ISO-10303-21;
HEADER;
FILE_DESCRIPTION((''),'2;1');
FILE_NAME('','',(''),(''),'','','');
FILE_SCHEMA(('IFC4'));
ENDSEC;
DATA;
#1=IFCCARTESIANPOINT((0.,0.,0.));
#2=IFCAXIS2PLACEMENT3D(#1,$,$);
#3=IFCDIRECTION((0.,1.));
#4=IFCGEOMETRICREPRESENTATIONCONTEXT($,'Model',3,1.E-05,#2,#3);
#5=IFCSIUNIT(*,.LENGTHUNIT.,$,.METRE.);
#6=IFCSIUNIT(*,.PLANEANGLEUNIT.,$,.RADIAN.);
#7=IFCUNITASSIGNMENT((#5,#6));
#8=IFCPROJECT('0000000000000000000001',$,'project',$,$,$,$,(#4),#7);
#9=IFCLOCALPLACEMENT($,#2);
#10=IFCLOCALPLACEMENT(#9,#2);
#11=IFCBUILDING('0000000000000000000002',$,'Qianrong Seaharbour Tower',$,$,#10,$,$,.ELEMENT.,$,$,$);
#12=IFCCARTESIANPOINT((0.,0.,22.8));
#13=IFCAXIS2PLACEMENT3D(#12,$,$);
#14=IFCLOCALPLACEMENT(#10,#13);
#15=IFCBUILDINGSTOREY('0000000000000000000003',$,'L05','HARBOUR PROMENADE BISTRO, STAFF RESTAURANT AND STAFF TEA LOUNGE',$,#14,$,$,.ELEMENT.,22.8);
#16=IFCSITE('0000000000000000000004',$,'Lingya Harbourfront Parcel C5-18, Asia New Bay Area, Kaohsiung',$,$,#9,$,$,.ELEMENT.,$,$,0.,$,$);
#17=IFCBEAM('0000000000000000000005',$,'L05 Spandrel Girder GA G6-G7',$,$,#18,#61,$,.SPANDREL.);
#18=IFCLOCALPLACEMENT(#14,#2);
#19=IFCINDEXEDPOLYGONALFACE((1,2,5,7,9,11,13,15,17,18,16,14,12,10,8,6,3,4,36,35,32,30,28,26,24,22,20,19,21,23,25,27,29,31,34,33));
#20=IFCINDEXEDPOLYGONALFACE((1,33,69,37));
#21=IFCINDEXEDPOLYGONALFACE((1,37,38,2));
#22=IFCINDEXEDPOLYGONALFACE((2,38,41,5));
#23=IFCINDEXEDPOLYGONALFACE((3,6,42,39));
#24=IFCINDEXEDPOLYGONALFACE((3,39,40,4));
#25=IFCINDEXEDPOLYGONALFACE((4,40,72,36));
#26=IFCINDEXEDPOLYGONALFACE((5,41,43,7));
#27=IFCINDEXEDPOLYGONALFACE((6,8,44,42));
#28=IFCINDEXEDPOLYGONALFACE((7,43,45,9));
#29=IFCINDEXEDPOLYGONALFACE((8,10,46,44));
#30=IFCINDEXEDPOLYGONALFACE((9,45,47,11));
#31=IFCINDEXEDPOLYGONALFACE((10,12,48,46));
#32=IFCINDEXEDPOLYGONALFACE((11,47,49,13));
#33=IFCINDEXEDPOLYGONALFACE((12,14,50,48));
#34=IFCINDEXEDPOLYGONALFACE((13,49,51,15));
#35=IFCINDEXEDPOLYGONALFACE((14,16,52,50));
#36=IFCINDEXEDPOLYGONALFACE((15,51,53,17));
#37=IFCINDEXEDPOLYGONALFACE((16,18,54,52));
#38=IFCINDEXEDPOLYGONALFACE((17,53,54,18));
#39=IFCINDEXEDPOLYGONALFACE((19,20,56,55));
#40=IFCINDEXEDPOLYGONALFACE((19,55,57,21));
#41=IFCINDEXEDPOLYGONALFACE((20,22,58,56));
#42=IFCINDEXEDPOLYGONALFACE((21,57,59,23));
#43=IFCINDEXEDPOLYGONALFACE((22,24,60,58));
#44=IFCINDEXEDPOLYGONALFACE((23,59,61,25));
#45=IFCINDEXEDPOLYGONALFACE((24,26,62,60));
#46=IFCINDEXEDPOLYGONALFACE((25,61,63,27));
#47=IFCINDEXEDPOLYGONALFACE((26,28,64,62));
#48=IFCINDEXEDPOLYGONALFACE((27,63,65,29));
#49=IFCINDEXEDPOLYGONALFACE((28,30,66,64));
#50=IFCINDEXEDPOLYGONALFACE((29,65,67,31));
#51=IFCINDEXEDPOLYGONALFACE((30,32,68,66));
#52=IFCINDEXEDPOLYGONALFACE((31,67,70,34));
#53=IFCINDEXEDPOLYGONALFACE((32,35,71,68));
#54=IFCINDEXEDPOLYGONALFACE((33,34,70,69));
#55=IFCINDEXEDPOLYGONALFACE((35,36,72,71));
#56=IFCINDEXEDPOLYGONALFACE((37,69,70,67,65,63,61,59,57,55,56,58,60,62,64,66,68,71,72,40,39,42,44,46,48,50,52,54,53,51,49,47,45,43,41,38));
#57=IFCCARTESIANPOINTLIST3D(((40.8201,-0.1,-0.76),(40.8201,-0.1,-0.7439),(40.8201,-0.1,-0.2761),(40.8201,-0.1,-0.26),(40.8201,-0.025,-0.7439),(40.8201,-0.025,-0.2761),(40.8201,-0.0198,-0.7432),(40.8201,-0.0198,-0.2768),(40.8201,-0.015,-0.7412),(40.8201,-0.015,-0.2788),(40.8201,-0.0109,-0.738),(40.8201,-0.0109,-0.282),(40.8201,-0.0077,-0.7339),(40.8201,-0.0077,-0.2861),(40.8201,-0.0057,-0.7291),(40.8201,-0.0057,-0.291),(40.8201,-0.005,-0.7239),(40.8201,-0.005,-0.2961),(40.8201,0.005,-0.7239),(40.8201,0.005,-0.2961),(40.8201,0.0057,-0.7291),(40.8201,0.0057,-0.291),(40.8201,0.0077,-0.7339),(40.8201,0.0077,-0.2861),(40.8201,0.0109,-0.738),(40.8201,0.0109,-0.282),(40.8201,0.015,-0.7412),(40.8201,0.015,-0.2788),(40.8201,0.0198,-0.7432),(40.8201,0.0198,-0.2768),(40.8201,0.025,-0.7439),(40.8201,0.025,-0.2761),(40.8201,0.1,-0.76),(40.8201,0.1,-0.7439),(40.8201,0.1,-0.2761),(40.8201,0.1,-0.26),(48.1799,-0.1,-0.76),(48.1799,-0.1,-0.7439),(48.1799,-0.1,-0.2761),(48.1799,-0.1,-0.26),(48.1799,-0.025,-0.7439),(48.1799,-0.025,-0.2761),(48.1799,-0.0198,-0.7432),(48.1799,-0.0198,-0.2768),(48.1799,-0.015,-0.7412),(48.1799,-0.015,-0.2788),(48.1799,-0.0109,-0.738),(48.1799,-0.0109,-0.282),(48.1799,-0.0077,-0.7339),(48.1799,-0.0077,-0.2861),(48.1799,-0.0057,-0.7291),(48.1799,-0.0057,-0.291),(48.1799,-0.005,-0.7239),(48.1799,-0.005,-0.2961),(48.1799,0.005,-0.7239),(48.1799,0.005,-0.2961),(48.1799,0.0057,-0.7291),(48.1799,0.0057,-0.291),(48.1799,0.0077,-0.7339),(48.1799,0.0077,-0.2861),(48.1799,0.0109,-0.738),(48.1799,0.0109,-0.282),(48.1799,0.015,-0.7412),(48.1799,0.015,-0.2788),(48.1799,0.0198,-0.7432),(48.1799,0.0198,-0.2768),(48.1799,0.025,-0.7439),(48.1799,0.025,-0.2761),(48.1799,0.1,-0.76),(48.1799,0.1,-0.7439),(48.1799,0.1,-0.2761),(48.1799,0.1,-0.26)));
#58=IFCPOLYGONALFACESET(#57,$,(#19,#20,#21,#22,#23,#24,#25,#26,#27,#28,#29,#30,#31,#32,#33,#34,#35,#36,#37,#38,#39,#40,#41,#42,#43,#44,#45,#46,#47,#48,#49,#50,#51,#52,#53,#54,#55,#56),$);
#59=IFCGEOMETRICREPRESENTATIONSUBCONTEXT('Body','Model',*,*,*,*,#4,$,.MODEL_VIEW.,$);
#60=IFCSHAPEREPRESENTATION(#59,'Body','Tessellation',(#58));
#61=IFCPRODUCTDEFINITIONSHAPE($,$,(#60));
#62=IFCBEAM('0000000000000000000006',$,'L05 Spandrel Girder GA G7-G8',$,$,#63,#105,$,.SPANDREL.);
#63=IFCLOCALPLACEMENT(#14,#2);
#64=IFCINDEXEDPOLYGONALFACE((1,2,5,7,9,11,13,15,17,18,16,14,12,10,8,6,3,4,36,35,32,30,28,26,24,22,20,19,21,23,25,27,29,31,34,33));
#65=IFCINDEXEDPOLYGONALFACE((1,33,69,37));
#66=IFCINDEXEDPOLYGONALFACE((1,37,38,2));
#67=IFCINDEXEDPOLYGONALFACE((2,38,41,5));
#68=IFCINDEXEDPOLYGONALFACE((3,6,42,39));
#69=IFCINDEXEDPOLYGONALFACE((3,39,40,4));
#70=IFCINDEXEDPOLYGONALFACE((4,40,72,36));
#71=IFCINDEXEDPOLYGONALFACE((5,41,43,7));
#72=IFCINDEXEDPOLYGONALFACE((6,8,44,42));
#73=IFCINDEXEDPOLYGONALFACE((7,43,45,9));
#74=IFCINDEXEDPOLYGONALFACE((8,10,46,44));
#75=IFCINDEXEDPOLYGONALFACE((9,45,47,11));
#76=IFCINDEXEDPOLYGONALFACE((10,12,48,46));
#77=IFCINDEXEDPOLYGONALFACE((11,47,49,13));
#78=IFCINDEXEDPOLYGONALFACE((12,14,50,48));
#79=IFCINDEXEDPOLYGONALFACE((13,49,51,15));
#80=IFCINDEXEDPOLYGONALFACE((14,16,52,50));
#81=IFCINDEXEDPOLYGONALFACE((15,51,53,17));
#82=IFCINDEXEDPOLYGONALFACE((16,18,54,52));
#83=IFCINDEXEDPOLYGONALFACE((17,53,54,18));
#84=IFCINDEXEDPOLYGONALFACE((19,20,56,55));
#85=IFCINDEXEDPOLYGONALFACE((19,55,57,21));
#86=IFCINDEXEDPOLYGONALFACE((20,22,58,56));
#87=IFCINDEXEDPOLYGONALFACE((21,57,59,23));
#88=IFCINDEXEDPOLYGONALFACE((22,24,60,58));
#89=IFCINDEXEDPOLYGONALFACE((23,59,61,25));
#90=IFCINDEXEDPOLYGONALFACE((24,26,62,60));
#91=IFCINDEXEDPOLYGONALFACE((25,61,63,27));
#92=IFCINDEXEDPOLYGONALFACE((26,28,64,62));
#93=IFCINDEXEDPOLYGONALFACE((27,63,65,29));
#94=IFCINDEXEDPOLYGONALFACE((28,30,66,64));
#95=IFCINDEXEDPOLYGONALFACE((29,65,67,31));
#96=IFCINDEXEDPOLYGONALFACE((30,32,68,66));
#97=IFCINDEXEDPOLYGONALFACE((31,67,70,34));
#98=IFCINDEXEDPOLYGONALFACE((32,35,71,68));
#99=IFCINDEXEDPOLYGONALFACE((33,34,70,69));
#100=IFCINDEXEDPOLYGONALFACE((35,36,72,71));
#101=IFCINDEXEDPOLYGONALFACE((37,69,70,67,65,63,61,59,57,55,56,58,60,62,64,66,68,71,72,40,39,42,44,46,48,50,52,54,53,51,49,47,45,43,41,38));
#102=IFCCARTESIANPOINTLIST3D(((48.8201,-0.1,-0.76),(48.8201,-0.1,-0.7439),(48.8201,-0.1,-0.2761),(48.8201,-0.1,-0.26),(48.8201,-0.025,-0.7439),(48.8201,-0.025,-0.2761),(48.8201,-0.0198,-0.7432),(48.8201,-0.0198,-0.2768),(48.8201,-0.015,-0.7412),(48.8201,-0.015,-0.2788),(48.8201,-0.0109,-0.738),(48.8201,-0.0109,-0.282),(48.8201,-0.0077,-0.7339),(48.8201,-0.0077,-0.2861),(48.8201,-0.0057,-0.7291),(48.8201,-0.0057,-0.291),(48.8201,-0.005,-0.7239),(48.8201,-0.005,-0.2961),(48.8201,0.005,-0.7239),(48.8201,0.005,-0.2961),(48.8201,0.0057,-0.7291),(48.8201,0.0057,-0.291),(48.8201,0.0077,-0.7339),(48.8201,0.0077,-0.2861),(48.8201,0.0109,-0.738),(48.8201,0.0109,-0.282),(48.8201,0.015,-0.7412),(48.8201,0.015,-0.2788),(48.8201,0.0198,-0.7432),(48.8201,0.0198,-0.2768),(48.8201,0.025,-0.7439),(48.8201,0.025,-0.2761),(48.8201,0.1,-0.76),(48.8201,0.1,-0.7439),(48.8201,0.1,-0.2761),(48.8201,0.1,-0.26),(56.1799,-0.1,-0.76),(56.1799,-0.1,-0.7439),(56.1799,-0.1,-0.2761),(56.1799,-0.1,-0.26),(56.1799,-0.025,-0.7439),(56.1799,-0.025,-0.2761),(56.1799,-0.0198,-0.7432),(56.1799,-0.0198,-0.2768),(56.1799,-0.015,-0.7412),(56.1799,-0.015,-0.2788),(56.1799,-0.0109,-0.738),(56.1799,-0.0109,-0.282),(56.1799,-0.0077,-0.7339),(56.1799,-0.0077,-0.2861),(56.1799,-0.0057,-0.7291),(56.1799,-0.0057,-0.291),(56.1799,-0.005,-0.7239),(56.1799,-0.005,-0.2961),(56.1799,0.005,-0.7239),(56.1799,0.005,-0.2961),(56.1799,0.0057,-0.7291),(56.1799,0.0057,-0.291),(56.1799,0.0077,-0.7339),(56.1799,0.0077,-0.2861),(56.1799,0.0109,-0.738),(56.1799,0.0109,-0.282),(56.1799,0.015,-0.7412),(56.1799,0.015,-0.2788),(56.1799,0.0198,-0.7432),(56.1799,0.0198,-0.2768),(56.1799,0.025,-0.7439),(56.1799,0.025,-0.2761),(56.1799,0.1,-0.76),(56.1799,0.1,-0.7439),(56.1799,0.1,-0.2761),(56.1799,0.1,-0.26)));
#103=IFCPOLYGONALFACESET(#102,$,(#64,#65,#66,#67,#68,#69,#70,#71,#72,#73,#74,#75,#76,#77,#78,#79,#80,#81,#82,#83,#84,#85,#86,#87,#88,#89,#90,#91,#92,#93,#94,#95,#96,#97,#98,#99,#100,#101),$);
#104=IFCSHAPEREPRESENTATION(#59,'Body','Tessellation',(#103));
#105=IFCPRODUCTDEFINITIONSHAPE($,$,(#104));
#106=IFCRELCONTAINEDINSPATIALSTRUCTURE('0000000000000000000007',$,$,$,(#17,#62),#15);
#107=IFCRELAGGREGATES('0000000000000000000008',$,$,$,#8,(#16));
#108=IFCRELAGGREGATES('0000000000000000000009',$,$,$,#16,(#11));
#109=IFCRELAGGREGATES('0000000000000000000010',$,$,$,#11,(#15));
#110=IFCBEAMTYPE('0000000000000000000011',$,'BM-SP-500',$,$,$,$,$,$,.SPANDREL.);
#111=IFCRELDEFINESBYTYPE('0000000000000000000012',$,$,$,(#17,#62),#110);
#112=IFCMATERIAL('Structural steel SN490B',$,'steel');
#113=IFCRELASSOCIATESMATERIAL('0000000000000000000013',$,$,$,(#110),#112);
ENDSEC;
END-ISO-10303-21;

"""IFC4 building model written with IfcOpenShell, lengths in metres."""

from ifc_helpers import new_model, si_unit, direction, frame, origin, origin_2d, place, context, subcontext, project, spatial, i_section, extrude, material, material_profile, profile_set, type_object, element, save


model = new_model("IFC4")

# Units and contexts
model_context = context("Model", 3, precision=1e-05, world=origin(), true_north=direction((0.0, 1.0)))
body_context = subcontext(model_context, "Body", "Model", "MODEL_VIEW")
ifc_project = project(units=[si_unit("LENGTHUNIT", "METRE"), si_unit("PLANEANGLEUNIT", "RADIAN")], contexts=[model_context])

# Site, building, storey
site_placement = place(None, origin())
site = spatial("IfcSite", under=ifc_project, at=site_placement, Name="Lingya Harbourfront Parcel C5-18, Asia New Bay Area, Kaohsiung", CompositionType="ELEMENT", RefElevation=0.0)
building_placement = place(site_placement, origin())
building = spatial("IfcBuilding", under=site, at=building_placement, Name="Qianrong Seaharbour Tower", CompositionType="ELEMENT")
storey_placement = place(building_placement, frame((0.0, 0.0, 22.8)))
storey = spatial("IfcBuildingStorey", under=building, at=storey_placement, Name="L05", Description="HARBOUR PROMENADE BISTRO, STAFF RESTAURANT AND STAFF TEA LOUNGE", CompositionType="ELEMENT", Elevation=22.8)

# Beams
ifc_material_1 = material(Name="Structural steel SN490B", Category="steel")
ifc_material_profile_1 = material_profile(ifc_material_1, i_section(OverallWidth=0.2, OverallDepth=0.5, WebThickness=0.01, FlangeThickness=0.0161, FilletRadius=0.02, at=origin_2d()), Name="H500x200x10x16")
ifc_profile_set_1 = profile_set([ifc_material_profile_1], Name="Structural steel SN490B")
beam_type_1 = type_object("IfcBeamType", Name="BM-SP-500", PredefinedType="SPANDREL", material=ifc_profile_set_1)
for number, where, z_axis, x_axis, name in (
    (1, (40.8201, 0.0, -0.51), (1.0, 0.0, 0.0), (0.0, 1.0, 0.0), "L05 Spandrel Girder GA G6-G7"),
    (2, (48.8201, 0.0, -0.51), (1.0, 0.0, 0.0), (0.0, 1.0, 0.0), "L05 Spandrel Girder GA G7-G8"),
):
    element("IfcBeam", number, at=place(storey_placement, frame(where, z_axis=z_axis, x_axis=x_axis)), inside=storey, type_object=beam_type_1, Name=name, PredefinedType="SPANDREL", context=body_context, shape_type="SweptSolid", body=[
        extrude(i_section(OverallWidth=0.2, OverallDepth=0.5, WebThickness=0.01, FlangeThickness=0.0161, FilletRadius=0.02, at=origin_2d()), origin(), (0.0, 0.0, 1.0), 7.3599),
    ])

save(model, "model.ifc")
